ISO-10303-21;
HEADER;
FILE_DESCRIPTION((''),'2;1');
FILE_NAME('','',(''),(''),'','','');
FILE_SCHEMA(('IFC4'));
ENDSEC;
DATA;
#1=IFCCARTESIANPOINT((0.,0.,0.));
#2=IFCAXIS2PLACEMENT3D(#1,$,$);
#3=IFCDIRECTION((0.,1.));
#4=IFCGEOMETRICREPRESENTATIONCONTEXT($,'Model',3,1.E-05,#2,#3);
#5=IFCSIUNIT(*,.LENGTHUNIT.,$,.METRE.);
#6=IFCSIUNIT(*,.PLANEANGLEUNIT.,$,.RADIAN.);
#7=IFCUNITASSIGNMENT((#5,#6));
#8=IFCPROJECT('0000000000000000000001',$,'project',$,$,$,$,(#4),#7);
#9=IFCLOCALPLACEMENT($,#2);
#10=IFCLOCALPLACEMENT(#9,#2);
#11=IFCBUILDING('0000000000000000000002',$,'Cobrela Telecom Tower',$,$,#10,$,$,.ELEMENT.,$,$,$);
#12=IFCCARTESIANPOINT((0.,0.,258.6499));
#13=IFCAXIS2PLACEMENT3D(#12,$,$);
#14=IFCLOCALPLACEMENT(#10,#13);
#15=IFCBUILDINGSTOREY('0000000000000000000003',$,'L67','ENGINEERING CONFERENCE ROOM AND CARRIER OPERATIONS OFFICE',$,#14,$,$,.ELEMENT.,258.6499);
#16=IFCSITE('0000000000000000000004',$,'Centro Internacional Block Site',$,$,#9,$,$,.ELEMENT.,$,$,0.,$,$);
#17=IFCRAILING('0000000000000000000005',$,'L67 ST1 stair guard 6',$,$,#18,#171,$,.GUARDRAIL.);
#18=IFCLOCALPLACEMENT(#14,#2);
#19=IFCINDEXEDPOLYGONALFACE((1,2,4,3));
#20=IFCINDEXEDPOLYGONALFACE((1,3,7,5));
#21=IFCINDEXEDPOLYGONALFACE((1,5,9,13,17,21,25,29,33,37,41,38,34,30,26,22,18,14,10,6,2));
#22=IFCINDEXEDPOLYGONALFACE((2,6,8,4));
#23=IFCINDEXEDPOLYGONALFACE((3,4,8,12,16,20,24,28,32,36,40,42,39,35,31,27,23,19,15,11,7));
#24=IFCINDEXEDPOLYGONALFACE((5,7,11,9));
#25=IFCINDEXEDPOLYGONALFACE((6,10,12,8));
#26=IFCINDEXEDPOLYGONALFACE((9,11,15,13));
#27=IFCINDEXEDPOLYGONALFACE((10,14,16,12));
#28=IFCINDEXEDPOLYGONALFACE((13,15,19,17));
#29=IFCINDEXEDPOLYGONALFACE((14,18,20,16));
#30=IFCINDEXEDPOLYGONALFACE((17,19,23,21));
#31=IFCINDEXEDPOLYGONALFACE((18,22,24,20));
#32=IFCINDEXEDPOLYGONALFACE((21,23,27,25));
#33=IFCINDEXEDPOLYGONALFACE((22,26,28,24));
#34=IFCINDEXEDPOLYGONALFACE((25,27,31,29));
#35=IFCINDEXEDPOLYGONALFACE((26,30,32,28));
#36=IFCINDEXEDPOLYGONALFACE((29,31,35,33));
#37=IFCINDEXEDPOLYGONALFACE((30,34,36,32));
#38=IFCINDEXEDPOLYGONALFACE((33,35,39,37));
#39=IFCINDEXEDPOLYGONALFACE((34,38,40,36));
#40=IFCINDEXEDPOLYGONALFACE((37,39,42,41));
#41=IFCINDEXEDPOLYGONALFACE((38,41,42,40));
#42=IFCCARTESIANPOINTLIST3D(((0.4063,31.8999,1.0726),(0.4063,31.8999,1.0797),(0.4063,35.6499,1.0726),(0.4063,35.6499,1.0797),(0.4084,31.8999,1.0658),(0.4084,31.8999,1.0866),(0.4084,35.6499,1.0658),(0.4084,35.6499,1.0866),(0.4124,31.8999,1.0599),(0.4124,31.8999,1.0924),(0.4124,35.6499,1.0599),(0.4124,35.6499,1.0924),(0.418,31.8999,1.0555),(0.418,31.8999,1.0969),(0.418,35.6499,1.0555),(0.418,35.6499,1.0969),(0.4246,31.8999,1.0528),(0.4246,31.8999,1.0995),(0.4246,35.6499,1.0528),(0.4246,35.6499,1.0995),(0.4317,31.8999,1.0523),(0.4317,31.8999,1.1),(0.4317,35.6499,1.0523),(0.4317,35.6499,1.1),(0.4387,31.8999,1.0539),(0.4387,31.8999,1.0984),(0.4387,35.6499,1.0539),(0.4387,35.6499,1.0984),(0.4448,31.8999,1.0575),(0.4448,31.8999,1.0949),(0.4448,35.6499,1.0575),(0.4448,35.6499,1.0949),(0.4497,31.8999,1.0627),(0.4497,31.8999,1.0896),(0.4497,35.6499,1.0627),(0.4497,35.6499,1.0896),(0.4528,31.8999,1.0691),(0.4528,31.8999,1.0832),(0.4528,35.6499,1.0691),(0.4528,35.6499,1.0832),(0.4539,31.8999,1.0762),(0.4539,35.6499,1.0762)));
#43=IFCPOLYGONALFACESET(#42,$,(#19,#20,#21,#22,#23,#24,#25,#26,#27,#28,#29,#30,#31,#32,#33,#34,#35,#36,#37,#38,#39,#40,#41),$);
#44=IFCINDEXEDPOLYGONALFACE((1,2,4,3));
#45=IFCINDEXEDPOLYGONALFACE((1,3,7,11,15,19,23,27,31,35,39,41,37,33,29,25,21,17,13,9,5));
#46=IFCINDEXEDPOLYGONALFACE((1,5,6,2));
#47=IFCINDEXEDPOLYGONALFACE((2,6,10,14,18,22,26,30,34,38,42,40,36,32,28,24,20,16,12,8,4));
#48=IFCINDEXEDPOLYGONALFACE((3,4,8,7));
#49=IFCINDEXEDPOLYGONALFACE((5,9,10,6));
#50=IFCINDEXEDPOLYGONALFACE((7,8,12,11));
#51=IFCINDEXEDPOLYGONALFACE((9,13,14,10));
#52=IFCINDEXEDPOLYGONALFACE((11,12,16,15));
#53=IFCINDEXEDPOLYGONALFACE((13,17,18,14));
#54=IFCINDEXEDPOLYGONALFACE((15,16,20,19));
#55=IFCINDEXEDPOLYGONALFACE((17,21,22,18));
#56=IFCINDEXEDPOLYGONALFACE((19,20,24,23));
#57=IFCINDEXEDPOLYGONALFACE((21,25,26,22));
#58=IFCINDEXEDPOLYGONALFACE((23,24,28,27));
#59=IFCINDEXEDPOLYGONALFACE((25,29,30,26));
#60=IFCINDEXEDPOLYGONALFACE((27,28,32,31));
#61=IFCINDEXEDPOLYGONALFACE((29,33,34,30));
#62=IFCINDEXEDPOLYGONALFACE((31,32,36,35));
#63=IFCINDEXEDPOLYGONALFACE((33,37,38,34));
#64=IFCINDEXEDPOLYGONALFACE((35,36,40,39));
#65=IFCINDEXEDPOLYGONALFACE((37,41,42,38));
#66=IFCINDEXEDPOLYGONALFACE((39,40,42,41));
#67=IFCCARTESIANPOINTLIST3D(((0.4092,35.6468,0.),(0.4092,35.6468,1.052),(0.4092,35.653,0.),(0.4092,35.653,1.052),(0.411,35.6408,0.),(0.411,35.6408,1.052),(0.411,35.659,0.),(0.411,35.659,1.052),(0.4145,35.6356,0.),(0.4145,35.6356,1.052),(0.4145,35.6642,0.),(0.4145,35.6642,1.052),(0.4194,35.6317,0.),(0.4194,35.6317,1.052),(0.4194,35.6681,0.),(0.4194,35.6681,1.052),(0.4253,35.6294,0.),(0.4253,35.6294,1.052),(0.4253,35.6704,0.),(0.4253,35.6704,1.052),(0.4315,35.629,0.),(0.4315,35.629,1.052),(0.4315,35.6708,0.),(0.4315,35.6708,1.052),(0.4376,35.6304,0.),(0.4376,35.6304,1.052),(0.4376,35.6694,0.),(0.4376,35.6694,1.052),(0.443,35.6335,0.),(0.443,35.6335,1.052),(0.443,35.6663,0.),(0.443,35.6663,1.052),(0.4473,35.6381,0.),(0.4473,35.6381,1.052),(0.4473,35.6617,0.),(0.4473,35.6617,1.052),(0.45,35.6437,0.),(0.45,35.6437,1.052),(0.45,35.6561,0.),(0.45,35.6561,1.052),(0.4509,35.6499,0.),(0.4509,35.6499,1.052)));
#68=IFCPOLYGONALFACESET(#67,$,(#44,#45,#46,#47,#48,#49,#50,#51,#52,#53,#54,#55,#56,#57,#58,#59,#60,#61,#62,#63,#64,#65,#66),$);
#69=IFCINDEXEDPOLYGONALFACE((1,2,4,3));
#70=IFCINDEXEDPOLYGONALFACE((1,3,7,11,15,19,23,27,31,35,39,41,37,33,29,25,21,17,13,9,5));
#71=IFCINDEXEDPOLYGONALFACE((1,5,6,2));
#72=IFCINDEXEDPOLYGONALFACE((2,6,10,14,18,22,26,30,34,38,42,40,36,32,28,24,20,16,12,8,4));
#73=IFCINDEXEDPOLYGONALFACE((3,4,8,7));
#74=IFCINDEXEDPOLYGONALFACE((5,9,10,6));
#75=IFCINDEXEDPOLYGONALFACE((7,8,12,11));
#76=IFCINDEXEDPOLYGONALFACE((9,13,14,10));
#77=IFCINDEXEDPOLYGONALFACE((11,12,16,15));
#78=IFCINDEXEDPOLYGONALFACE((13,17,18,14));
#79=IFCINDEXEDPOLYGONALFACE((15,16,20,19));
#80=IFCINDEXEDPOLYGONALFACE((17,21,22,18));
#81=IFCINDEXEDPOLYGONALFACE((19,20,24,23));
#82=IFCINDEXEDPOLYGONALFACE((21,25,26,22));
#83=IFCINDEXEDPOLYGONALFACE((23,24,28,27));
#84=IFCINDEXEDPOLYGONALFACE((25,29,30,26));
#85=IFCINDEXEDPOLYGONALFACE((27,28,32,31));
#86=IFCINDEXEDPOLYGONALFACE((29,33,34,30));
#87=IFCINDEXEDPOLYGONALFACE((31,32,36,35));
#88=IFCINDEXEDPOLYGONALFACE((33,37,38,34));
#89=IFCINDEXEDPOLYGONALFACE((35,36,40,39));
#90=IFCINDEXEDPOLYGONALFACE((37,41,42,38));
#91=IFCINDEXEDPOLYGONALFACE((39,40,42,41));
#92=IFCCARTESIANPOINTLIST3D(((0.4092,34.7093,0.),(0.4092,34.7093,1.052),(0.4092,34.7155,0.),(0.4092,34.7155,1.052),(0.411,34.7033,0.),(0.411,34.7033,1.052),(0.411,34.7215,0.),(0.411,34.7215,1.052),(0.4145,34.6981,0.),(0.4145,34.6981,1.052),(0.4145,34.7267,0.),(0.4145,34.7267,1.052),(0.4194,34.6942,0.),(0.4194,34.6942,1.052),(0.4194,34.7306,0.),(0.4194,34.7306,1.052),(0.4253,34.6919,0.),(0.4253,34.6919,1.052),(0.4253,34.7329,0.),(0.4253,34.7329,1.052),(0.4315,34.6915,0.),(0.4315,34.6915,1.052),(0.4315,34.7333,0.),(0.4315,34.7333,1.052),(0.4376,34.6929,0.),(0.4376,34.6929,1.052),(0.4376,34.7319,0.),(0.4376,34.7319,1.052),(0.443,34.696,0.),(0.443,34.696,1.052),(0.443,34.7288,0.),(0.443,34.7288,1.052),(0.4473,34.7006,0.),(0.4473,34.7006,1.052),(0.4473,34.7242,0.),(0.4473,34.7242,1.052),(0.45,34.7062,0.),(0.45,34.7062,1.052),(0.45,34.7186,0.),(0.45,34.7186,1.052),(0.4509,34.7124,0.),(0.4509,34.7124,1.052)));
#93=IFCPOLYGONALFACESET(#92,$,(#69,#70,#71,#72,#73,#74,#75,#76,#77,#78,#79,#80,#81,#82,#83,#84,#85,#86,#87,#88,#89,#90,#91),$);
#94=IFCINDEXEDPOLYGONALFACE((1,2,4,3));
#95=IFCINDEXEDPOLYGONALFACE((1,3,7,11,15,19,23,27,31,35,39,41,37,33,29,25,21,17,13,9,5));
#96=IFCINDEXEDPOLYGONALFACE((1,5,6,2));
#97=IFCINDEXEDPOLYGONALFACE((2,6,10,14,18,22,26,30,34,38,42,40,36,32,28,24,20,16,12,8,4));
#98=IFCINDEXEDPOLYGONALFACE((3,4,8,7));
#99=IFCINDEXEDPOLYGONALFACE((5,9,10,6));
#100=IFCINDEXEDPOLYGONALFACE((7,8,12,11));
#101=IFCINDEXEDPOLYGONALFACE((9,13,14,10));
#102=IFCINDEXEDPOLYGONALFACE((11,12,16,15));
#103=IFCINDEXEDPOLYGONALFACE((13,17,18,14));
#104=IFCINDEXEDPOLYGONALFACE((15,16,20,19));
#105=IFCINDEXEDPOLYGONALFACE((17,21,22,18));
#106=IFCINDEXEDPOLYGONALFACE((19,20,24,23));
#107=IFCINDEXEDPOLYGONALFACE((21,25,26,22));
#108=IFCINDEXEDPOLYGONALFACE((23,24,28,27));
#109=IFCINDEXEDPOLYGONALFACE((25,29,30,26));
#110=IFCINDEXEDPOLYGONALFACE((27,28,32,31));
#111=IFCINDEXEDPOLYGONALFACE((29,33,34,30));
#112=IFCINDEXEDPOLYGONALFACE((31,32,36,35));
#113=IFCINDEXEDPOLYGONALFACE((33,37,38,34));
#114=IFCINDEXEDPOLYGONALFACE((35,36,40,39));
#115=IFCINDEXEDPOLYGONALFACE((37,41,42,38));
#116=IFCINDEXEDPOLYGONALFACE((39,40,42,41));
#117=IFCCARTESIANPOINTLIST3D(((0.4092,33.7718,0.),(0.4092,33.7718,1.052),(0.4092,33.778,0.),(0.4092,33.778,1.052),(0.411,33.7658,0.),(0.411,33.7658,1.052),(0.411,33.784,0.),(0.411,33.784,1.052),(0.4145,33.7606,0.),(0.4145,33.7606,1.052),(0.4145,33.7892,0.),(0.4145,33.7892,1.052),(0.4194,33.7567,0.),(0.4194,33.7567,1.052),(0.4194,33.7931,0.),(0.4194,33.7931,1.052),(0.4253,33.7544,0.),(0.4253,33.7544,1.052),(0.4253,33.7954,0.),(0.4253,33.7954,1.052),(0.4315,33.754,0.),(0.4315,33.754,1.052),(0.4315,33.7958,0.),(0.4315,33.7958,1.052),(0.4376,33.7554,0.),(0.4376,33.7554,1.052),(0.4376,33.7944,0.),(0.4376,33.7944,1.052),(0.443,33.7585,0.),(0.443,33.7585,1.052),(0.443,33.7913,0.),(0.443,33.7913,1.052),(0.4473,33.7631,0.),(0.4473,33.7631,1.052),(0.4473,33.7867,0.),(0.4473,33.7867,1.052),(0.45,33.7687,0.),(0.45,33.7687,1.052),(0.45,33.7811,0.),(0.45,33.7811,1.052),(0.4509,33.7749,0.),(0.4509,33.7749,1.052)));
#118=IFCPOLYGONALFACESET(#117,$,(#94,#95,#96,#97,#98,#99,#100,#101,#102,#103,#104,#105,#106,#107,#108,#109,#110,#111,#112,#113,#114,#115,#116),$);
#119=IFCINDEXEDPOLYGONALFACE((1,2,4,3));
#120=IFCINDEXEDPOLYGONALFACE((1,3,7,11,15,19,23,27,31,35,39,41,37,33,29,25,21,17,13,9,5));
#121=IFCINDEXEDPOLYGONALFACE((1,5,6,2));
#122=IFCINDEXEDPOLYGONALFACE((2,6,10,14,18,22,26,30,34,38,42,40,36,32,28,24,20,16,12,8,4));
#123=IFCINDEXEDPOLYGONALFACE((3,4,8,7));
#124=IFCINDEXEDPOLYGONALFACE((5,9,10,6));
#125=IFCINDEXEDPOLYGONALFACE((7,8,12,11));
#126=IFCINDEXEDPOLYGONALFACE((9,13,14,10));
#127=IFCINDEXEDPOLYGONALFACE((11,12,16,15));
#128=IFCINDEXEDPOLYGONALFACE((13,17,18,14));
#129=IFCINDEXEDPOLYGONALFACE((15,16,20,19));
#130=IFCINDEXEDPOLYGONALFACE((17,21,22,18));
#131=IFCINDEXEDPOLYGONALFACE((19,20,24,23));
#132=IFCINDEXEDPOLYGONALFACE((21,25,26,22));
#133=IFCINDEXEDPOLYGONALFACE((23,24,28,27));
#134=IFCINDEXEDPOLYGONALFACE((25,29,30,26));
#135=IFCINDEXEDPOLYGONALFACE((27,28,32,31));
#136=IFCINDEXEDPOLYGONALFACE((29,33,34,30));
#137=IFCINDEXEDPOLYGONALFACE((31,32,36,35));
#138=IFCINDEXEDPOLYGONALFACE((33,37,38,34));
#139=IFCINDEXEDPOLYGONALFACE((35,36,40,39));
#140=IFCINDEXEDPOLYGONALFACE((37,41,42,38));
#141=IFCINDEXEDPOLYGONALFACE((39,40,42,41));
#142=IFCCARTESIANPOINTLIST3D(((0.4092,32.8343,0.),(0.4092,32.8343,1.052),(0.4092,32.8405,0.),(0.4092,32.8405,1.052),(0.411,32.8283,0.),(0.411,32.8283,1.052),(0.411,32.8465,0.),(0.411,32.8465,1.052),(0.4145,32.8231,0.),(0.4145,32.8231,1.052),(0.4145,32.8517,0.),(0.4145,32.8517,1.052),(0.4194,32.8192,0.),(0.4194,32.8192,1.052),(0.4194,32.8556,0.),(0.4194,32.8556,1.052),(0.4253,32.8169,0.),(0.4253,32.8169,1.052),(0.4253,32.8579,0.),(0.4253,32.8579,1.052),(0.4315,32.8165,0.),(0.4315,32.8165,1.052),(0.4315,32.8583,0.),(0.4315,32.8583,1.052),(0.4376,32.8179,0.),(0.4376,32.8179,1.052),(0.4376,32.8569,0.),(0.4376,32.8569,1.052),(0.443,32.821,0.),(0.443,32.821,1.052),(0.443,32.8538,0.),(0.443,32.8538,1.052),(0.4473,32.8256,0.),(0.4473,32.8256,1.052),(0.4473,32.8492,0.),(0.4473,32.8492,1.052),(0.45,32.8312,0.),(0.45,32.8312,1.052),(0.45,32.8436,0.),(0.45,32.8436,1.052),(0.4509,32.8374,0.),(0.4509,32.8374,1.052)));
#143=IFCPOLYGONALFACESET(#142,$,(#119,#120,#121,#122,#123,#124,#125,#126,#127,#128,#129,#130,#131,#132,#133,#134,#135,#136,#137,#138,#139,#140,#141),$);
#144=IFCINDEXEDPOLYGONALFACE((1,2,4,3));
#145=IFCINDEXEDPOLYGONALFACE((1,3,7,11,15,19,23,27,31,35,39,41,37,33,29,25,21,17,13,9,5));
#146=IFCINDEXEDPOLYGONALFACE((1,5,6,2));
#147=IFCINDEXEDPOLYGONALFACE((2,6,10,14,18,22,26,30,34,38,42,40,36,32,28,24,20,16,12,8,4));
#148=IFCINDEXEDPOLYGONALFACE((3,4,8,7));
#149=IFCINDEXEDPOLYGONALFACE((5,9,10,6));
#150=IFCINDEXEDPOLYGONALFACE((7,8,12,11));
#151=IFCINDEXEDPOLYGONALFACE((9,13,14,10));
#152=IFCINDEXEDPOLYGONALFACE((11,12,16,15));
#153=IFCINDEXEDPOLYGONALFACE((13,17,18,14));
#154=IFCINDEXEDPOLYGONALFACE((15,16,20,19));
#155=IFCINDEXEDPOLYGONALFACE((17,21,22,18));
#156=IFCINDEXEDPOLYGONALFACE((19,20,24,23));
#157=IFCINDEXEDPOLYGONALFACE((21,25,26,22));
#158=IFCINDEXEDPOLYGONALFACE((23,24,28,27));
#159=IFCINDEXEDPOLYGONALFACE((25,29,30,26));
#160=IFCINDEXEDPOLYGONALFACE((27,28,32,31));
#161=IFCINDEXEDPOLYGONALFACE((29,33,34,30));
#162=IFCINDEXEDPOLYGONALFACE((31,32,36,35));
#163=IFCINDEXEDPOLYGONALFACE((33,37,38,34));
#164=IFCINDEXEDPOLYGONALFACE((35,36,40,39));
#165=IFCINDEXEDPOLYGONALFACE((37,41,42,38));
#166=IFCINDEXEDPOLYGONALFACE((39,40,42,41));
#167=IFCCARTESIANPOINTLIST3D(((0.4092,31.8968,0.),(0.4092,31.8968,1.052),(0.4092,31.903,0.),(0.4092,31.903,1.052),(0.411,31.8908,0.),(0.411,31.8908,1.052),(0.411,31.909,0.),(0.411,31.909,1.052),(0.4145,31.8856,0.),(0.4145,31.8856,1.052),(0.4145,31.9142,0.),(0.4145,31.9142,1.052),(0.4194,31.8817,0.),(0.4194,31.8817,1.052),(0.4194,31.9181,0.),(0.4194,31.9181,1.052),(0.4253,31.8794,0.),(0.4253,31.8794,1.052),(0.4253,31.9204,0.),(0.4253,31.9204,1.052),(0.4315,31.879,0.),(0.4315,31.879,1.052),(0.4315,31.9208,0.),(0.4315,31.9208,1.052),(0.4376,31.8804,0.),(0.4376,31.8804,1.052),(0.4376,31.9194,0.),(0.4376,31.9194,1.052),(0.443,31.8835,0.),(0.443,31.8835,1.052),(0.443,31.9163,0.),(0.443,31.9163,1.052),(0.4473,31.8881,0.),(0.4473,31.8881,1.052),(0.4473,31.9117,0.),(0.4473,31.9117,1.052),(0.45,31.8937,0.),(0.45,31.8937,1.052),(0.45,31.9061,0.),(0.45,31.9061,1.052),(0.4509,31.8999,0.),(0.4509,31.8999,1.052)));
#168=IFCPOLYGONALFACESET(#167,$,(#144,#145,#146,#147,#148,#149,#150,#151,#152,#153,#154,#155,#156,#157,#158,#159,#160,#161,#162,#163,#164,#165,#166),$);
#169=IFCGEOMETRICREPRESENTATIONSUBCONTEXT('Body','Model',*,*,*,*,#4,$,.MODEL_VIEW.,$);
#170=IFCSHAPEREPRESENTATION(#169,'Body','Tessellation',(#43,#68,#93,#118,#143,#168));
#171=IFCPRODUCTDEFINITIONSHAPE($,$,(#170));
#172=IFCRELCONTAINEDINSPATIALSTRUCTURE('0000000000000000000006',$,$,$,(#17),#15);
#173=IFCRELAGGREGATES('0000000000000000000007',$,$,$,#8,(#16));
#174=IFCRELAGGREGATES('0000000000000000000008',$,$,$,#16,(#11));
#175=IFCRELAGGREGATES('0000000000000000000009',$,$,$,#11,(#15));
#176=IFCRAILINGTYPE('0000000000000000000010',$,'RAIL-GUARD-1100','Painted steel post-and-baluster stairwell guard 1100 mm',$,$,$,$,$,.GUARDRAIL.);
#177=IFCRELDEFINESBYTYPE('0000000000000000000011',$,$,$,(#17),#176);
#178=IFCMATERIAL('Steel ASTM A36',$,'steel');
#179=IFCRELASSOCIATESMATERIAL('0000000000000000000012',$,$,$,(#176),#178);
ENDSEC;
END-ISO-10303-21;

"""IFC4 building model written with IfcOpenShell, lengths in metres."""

from ifc_helpers import new_model, si_unit, direction, frame, origin, origin_2d, place, context, subcontext, project, spatial, circle, extrude, material, type_object, element, save


model = new_model("IFC4")

# Units and contexts
model_context = context("Model", 3, precision=1e-05, world=origin(), true_north=direction((0.0, 1.0)))
body_context = subcontext(model_context, "Body", "Model", "MODEL_VIEW")
ifc_project = project(units=[si_unit("LENGTHUNIT", "METRE"), si_unit("PLANEANGLEUNIT", "RADIAN")], contexts=[model_context])

# Site, building, storey
site_placement = place(None, origin())
site = spatial("IfcSite", under=ifc_project, at=site_placement, Name="Centro Internacional Block Site", CompositionType="ELEMENT", RefElevation=0.0)
building_placement = place(site_placement, origin())
building = spatial("IfcBuilding", under=site, at=building_placement, Name="Cobrela Telecom Tower", CompositionType="ELEMENT")
storey_placement = place(building_placement, frame((0.0, 0.0, 258.6499)))
storey = spatial("IfcBuildingStorey", under=building, at=storey_placement, Name="L67", Description="ENGINEERING CONFERENCE ROOM AND CARRIER OPERATIONS OFFICE", CompositionType="ELEMENT", Elevation=258.6499)

# Shared definitions
ifc_material_1 = material(Name="Steel ASTM A36", Category="steel")

# Railing
railing_type_1 = type_object("IfcRailingType", Name="RAIL-GUARD-1100", Description="Painted steel post-and-baluster stairwell guard 1100 mm", PredefinedType="GUARDRAIL", material=ifc_material_1)
railing_1_placement = place(storey_placement, frame((0.4299, 35.6499, 0.0)))
element("IfcRailing", 1, at=railing_1_placement, inside=storey, type_object=railing_type_1, Name="L67 ST1 stair guard 6", PredefinedType="GUARDRAIL", context=body_context, shape_type="SweptSolid", body=[
    extrude(circle(Radius=0.0239, at=origin_2d()), frame((0.0, 0.0, 1.0762), z_axis=(0.0, -1.0, 0.0), x_axis=(1.0, 0.0, 0.0)), (0.0, 0.0, 1.0), 3.75),
    extrude(circle(Radius=0.021, at=origin_2d()), origin(), (0.0, 0.0, 1.0), 1.052),
    extrude(circle(Radius=0.021, at=origin_2d()), frame((0.0, -0.9375, 0.0)), (0.0, 0.0, 1.0), 1.052),
    extrude(circle(Radius=0.021, at=origin_2d()), frame((0.0, -1.875, 0.0)), (0.0, 0.0, 1.0), 1.052),
    extrude(circle(Radius=0.021, at=origin_2d()), frame((0.0, -2.8125, 0.0)), (0.0, 0.0, 1.0), 1.052),
    extrude(circle(Radius=0.021, at=origin_2d()), frame((0.0, -3.75, 0.0)), (0.0, 0.0, 1.0), 1.052),
])

save(model, "model.ifc")
